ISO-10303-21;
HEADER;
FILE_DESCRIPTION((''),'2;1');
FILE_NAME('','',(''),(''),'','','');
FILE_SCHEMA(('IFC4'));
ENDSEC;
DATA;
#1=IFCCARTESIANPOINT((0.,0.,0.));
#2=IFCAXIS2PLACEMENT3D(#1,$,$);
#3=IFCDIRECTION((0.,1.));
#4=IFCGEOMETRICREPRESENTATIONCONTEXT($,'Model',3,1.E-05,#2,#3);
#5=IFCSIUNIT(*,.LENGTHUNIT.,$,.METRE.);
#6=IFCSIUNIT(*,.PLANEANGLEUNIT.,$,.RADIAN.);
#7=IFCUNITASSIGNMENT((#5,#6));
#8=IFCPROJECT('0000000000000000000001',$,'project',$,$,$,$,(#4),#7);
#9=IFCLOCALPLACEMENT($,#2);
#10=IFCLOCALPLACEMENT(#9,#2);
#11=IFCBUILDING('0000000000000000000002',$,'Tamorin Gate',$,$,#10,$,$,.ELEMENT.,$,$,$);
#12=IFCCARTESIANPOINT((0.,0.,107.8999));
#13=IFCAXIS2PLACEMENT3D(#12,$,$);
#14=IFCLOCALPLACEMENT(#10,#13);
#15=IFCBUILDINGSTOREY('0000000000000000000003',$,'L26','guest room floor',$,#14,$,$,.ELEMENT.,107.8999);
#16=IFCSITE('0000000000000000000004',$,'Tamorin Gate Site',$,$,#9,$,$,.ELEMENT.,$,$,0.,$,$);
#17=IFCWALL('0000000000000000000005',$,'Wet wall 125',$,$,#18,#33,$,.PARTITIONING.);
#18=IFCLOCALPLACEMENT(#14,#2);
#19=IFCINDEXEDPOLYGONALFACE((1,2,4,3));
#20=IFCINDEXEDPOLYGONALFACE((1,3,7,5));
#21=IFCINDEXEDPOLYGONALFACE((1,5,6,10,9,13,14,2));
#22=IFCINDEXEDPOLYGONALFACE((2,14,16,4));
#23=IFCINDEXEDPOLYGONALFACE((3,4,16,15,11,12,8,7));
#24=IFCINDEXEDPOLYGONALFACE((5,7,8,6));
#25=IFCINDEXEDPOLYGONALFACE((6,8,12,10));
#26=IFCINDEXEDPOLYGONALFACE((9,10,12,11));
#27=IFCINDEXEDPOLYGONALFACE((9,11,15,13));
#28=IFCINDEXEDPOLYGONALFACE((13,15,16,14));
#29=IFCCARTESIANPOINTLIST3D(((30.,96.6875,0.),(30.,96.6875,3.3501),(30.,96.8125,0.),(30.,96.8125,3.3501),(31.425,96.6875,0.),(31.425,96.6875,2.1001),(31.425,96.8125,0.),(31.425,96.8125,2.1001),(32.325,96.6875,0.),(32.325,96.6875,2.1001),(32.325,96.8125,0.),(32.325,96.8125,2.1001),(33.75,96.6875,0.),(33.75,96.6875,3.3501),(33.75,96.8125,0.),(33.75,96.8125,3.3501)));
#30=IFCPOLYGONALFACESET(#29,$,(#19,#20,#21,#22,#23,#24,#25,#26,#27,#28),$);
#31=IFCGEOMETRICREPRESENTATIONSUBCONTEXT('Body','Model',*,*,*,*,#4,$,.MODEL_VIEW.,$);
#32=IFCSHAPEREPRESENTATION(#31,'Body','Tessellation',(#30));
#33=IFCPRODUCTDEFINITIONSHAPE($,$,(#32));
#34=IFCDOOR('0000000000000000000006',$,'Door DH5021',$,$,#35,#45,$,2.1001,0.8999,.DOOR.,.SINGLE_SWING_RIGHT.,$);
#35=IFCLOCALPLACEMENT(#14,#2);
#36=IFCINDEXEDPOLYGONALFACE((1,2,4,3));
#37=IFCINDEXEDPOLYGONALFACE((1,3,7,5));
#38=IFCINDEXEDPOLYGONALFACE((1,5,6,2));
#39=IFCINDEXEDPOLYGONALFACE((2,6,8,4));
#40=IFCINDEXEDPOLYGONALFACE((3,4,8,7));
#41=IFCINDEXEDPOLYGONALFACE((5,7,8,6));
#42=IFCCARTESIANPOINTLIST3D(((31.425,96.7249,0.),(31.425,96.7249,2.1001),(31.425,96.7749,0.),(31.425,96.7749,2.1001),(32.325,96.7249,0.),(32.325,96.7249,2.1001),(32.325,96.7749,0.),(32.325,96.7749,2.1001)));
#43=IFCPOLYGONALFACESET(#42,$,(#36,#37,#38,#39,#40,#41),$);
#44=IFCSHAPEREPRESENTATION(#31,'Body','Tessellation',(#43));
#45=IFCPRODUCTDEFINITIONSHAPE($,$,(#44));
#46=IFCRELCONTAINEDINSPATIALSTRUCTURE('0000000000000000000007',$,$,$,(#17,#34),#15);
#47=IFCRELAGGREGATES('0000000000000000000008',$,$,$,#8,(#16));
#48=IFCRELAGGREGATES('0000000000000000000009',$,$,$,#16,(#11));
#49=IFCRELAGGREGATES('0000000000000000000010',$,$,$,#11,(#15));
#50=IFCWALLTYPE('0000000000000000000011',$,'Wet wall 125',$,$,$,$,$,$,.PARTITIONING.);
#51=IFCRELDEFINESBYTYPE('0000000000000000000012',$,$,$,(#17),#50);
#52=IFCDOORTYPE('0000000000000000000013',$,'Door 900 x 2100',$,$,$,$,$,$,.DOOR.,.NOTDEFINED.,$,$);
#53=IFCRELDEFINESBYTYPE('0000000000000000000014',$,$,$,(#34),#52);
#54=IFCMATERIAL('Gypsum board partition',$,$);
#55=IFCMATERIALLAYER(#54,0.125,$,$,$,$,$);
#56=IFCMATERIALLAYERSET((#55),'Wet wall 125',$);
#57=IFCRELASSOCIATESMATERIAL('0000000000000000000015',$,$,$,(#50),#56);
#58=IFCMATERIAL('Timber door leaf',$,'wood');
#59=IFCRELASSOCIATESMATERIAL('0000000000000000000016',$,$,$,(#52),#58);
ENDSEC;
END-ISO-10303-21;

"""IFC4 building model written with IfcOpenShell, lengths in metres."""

from ifc_helpers import new_model, si_unit, direction, frame, frame_2d, origin, place, context, subcontext, project, spatial, rectangle, extrude, material, layer, layer_set, type_object, element, fill, save


model = new_model("IFC4")

# Units and contexts
model_context = context("Model", 3, precision=1e-05, world=origin(), true_north=direction((0.0, 1.0)))
body_context = subcontext(model_context, "Body", "Model", "MODEL_VIEW")
ifc_project = project(units=[si_unit("LENGTHUNIT", "METRE"), si_unit("PLANEANGLEUNIT", "RADIAN")], contexts=[model_context])

# Site, building, storey
site_placement = place(None, origin())
site = spatial("IfcSite", under=ifc_project, at=site_placement, Name="Tamorin Gate Site", CompositionType="ELEMENT", RefElevation=0.0)
building_placement = place(site_placement, origin())
building = spatial("IfcBuilding", under=site, at=building_placement, Name="Tamorin Gate", CompositionType="ELEMENT")
storey_placement = place(building_placement, frame((0.0, 0.0, 107.8999)))
storey = spatial("IfcBuildingStorey", under=building, at=storey_placement, Name="L26", Description="guest room floor", CompositionType="ELEMENT", Elevation=107.8999)

# Shared definitions
ifc_material_1 = material(Name="Gypsum board partition")
ifc_material_2 = material(Name="Timber door leaf", Category="wood")

# Wall, opening, door
ifc_layer_1 = layer(ifc_material_1, 0.125)
ifc_layer_set_1 = layer_set([ifc_layer_1], Name="Wet wall 125")
wall_type_1 = type_object("IfcWallType", Name="Wet wall 125", PredefinedType="PARTITIONING", material=ifc_layer_set_1)
wall_1_placement = place(storey_placement, frame((30.0, 96.75, 0.0), z_axis=(0.0, 0.0, 1.0), x_axis=(1.0, 0.0, 0.0)))
wall_1 = element("IfcWall", 1, at=wall_1_placement, inside=storey, type_object=wall_type_1, Name="Wet wall 125", PredefinedType="PARTITIONING", context=body_context, shape_type="SweptSolid", body=[
    extrude(rectangle(XDim=3.75, YDim=0.125, at=frame_2d((1.875, 0.0))), origin(), (0.0, 0.0, 1.0), 3.3501),
])
opening_1_placement = place(wall_1_placement, frame((1.425, 0.0, 0.0)))
opening_1 = element("IfcOpeningElement", 2, at=opening_1_placement, cuts=wall_1, PredefinedType="OPENING", context=body_context, shape_type="SweptSolid", body=[
    extrude(rectangle(XDim=0.8999, YDim=2.1001, at=frame_2d((0.45, 1.05))), frame((0.0, 0.0725, 0.0), z_axis=(0.0, -1.0, 0.0), x_axis=(1.0, 0.0, 0.0)), (0.0, 0.0, 1.0), 0.145),
])
door_type_1 = type_object("IfcDoorType", Name="Door 900 x 2100", OperationType="NOTDEFINED", PredefinedType="DOOR", material=ifc_material_2)
door_1_placement = place(opening_1_placement, origin())
door_1 = element("IfcDoor", 3, at=door_1_placement, inside=storey, type_object=door_type_1, Name="Door DH5021", OperationType="SINGLE_SWING_RIGHT", OverallHeight=2.1001, OverallWidth=0.8999, PredefinedType="DOOR", context=body_context, shape_type="SweptSolid", body=[
    extrude(rectangle(XDim=0.8999, YDim=2.1001, at=frame_2d((0.45, 1.05))), frame((0.0, 0.0249, 0.0), z_axis=(0.0, -1.0, 0.0), x_axis=(1.0, 0.0, 0.0)), (0.0, 0.0, 1.0), 0.05),
])
fill(opening_1, door_1)

save(model, "model.ifc")
